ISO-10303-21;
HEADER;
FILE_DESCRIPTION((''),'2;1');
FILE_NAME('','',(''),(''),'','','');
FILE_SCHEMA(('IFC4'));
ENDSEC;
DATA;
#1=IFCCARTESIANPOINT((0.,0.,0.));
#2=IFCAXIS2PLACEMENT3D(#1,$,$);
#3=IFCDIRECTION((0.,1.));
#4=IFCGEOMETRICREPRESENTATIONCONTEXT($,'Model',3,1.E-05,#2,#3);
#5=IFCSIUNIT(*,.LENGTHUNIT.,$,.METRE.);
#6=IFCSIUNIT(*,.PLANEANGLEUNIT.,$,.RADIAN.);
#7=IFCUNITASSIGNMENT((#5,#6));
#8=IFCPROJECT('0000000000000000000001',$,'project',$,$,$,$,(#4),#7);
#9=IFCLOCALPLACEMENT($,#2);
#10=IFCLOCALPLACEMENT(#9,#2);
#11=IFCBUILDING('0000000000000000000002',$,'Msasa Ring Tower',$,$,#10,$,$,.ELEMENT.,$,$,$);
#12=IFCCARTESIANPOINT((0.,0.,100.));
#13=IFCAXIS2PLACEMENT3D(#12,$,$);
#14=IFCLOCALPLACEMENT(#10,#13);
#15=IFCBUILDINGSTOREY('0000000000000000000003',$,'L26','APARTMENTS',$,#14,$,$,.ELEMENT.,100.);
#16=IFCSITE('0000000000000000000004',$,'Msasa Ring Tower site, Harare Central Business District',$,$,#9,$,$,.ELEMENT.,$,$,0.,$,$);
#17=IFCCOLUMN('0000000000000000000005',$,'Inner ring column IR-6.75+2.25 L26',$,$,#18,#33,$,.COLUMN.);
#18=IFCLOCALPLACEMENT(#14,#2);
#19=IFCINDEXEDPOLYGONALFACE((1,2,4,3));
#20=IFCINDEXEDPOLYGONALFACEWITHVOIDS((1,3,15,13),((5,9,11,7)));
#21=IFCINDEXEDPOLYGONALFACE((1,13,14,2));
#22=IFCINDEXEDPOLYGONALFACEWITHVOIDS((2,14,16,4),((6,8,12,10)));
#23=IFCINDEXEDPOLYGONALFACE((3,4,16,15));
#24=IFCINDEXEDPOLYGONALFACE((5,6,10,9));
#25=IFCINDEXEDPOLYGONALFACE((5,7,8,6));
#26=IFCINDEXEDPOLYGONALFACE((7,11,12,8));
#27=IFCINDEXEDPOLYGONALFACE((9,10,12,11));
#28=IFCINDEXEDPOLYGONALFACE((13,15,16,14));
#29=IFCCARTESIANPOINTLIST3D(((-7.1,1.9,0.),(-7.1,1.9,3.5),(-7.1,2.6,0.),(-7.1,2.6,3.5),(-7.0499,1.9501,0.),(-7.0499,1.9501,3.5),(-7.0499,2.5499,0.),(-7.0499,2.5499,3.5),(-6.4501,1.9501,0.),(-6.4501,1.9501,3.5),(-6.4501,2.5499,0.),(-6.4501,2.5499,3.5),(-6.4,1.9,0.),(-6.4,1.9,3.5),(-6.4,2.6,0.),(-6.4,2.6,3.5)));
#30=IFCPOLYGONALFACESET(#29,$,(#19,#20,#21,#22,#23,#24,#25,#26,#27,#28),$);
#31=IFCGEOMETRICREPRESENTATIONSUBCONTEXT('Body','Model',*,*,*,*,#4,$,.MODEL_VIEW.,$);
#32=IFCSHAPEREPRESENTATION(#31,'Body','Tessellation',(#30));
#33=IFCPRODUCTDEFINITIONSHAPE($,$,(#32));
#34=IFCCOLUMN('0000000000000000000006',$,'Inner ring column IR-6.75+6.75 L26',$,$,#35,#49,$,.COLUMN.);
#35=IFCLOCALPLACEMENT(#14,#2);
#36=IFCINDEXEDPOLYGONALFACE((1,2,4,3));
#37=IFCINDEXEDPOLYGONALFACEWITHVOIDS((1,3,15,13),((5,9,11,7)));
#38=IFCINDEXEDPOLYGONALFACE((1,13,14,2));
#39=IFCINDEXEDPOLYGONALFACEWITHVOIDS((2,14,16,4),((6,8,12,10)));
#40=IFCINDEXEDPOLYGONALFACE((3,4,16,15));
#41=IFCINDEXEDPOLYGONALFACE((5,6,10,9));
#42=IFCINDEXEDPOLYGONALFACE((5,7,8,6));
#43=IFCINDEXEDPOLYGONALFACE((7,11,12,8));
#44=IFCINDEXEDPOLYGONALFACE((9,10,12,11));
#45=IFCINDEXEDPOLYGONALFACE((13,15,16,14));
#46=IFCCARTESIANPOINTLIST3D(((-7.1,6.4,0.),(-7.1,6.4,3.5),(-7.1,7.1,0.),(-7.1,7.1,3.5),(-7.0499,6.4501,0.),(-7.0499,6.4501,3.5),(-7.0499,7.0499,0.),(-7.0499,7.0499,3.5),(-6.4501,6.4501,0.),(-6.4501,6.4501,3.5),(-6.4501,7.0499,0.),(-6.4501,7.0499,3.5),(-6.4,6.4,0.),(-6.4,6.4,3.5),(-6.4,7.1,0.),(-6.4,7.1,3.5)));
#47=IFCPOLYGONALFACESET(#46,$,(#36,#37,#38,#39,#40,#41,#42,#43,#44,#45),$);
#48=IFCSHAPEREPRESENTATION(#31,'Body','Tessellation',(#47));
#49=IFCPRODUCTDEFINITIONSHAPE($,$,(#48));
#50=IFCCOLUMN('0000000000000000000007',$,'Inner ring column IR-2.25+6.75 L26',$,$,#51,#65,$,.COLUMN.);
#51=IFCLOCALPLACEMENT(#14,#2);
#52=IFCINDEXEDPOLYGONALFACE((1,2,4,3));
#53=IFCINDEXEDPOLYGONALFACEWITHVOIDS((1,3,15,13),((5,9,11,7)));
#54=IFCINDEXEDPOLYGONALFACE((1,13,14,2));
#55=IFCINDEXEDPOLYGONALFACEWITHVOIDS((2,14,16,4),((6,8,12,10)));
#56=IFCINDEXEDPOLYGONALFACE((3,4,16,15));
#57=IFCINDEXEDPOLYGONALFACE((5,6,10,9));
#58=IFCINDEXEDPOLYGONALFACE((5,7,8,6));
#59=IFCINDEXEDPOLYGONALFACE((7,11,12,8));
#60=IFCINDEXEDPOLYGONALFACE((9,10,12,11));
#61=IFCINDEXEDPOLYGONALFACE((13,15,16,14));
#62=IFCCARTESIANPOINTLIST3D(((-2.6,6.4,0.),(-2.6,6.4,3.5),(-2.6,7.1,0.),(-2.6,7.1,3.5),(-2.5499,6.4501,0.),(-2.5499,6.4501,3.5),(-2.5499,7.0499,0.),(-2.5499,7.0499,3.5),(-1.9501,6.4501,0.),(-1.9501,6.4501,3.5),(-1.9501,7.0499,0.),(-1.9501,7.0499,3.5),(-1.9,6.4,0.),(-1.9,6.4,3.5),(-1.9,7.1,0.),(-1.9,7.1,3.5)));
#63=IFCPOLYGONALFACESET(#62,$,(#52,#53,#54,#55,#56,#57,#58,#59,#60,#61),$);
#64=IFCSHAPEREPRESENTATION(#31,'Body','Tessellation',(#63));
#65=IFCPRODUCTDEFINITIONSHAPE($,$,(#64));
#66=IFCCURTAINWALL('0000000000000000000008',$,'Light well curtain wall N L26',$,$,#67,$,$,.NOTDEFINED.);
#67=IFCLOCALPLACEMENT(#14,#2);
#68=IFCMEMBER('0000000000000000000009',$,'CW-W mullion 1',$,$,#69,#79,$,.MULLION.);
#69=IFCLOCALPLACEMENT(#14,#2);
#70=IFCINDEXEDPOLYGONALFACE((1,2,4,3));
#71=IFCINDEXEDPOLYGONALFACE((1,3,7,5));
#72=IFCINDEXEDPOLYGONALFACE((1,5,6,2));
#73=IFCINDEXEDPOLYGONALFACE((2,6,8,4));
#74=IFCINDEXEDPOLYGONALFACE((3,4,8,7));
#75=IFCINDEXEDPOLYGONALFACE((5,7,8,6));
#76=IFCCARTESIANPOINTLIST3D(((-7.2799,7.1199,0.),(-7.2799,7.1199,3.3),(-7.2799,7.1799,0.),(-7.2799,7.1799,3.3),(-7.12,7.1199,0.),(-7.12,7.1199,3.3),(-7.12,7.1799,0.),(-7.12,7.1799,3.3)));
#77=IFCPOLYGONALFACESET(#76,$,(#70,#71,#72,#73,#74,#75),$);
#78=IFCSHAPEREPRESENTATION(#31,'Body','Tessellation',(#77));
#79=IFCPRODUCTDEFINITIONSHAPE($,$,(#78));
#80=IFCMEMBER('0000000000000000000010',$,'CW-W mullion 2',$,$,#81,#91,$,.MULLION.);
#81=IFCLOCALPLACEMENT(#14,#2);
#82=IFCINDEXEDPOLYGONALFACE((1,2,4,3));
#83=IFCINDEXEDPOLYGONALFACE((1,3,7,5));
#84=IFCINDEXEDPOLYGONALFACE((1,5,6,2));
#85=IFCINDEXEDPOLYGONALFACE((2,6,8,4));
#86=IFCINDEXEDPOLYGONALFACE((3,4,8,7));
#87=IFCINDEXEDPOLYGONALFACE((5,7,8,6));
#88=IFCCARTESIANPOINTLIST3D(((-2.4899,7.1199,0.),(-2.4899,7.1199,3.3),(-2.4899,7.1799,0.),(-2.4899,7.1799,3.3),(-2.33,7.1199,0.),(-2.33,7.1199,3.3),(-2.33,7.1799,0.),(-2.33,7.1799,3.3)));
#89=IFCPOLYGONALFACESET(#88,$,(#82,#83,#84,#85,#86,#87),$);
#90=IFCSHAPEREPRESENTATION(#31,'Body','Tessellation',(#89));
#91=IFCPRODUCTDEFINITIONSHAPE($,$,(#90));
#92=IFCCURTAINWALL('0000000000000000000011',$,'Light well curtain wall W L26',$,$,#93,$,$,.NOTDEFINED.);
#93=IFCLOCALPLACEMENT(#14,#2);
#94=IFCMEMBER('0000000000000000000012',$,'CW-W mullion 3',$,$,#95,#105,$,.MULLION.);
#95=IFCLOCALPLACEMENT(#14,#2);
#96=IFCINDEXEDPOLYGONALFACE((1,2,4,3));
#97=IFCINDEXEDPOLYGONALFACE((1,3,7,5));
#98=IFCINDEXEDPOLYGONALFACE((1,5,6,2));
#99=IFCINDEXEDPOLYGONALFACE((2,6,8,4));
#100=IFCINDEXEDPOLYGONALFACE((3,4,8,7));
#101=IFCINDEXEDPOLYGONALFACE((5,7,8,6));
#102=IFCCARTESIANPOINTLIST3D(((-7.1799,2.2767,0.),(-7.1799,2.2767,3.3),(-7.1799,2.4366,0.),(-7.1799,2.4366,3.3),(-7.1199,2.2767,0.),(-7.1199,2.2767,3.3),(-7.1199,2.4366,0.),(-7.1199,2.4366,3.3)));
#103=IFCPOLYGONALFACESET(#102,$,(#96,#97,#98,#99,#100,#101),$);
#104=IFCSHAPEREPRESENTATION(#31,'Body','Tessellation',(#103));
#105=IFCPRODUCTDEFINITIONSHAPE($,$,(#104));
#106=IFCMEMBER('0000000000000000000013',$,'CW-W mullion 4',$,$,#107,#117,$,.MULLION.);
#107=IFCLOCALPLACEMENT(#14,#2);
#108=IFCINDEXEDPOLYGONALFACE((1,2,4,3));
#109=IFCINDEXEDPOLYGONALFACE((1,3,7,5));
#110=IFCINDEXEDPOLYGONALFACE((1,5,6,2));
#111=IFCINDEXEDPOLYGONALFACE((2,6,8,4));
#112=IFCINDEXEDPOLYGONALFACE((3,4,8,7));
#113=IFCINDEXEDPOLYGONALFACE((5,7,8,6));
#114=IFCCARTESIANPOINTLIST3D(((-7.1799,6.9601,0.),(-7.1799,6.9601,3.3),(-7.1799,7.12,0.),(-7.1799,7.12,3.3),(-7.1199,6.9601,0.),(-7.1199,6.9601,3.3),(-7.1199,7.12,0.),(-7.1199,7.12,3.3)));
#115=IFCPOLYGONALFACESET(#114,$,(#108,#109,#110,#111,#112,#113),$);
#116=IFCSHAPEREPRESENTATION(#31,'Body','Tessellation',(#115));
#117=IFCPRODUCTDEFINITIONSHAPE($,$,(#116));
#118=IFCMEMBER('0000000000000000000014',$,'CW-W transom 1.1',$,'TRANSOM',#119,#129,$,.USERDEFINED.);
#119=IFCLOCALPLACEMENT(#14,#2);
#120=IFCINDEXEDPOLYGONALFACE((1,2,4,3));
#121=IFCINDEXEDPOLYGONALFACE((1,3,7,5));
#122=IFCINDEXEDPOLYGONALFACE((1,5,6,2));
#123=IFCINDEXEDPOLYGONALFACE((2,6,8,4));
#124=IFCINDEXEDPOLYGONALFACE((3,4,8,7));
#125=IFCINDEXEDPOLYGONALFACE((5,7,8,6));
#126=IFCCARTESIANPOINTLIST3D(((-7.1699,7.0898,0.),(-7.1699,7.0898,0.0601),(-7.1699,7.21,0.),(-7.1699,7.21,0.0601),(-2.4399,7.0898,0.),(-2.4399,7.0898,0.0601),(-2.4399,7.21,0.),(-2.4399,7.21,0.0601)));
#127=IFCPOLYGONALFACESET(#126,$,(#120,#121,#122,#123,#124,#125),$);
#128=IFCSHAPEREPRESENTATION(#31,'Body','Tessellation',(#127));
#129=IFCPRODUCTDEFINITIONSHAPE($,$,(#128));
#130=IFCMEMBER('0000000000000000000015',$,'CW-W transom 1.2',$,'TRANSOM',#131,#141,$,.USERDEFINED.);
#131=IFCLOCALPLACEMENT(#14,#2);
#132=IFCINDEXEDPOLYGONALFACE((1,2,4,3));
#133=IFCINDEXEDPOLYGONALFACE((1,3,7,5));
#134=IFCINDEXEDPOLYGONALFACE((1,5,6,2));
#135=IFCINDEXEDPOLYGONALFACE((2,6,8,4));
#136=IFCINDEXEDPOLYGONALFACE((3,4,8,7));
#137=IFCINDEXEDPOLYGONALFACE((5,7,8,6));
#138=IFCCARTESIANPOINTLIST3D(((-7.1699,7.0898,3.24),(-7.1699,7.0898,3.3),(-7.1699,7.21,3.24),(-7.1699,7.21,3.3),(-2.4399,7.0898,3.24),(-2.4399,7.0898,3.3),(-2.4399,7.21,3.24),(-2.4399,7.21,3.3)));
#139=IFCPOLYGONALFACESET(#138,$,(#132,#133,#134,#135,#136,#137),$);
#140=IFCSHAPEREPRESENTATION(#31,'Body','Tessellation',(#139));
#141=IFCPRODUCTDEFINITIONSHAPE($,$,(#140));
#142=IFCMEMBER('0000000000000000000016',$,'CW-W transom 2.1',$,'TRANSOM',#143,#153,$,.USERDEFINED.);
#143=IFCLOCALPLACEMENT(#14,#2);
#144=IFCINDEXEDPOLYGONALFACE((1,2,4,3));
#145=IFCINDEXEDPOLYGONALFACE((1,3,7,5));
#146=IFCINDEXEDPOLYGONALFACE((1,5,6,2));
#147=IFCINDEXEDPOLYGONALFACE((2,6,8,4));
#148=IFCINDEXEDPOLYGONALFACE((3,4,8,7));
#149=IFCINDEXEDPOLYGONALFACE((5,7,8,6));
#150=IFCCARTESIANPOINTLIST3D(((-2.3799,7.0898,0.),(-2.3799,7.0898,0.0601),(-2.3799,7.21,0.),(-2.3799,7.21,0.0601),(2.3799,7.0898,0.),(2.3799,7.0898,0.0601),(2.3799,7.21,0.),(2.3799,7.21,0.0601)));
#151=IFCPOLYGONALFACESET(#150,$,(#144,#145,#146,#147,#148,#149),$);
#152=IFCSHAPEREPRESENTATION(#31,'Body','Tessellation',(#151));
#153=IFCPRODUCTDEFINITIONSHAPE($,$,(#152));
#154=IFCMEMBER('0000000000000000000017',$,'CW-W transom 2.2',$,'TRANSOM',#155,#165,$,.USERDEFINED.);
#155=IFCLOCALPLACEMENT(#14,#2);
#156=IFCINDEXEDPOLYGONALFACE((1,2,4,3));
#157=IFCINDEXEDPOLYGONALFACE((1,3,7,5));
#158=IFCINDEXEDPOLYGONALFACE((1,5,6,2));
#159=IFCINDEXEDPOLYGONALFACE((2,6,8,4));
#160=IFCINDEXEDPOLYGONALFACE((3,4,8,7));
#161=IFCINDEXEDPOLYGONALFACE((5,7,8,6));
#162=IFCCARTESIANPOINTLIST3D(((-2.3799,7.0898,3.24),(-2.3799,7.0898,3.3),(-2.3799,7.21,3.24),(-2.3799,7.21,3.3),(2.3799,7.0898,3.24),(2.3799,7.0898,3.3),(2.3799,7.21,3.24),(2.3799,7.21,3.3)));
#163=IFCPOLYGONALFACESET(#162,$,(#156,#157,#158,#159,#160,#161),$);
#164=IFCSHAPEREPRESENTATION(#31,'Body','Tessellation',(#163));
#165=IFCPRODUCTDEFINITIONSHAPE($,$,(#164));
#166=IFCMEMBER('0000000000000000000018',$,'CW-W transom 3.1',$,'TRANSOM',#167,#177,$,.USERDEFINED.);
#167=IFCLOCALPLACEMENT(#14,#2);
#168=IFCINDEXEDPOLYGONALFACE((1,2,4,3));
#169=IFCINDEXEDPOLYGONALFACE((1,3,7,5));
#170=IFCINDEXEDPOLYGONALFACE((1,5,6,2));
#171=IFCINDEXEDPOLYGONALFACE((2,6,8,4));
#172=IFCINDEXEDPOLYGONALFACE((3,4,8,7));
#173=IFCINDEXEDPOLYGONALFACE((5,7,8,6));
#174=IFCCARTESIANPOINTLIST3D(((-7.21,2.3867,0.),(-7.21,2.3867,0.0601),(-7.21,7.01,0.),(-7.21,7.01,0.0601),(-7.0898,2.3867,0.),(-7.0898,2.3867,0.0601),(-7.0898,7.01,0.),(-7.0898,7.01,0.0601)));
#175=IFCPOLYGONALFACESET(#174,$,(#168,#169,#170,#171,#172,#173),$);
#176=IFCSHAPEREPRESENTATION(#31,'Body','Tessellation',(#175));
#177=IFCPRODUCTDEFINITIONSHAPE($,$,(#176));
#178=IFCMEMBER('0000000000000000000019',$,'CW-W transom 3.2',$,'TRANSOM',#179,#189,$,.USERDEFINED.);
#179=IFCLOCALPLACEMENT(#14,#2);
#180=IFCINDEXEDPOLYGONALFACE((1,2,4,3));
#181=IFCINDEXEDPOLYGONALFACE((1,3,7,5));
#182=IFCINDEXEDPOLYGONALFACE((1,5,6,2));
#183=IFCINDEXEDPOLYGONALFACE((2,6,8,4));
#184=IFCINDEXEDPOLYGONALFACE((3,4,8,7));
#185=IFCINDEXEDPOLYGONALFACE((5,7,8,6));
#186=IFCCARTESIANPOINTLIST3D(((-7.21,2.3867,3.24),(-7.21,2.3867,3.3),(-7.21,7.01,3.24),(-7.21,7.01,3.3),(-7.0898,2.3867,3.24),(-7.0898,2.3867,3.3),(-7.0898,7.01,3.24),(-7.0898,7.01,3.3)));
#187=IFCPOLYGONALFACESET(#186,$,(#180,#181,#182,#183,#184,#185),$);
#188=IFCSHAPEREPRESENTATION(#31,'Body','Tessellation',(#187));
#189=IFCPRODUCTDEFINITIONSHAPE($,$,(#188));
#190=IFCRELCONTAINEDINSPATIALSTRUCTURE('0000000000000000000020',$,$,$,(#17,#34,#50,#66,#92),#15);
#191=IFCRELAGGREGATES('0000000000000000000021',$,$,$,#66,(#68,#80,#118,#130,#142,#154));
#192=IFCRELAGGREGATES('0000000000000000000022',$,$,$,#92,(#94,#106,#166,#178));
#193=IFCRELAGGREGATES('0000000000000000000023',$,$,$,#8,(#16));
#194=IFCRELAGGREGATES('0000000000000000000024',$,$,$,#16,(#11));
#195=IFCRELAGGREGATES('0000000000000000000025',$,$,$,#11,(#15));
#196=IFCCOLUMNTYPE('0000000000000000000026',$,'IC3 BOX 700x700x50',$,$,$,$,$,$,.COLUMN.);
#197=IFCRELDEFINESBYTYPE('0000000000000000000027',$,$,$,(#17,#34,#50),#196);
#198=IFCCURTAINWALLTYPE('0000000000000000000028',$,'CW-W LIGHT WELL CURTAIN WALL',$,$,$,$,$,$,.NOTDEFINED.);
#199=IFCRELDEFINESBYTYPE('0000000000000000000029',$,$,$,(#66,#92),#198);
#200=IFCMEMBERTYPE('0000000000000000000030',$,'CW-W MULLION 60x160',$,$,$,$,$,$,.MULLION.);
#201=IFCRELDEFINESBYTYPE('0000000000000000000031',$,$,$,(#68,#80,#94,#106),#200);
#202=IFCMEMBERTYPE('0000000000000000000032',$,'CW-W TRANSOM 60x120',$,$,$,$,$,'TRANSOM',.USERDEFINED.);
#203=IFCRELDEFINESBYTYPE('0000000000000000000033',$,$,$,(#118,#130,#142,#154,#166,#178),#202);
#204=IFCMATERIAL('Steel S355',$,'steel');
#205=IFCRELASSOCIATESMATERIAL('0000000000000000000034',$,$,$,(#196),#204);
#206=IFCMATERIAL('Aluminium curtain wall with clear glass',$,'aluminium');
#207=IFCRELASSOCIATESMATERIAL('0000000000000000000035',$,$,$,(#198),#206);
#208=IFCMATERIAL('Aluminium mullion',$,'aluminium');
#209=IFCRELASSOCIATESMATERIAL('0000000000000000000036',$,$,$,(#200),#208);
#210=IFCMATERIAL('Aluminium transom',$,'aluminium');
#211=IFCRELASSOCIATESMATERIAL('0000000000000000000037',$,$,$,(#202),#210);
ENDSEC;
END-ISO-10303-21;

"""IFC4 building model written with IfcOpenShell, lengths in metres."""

from ifc_helpers import new_model, si_unit, direction, frame, origin, origin_2d, place, context, subcontext, project, spatial, rectangle, hollow_rectangle, extrude, material, material_profile, profile_set, type_object, element, aggregate, save


model = new_model("IFC4")

# Units and contexts
model_context = context("Model", 3, precision=1e-05, world=origin(), true_north=direction((0.0, 1.0)))
body_context = subcontext(model_context, "Body", "Model", "MODEL_VIEW")
ifc_project = project(units=[si_unit("LENGTHUNIT", "METRE"), si_unit("PLANEANGLEUNIT", "RADIAN")], contexts=[model_context])

# Site, building, storey
site_placement = place(None, origin())
site = spatial("IfcSite", under=ifc_project, at=site_placement, Name="Msasa Ring Tower site, Harare Central Business District", CompositionType="ELEMENT", RefElevation=0.0)
building_placement = place(site_placement, origin())
building = spatial("IfcBuilding", under=site, at=building_placement, Name="Msasa Ring Tower", CompositionType="ELEMENT")
storey_placement = place(building_placement, frame((0.0, 0.0, 100.0)))
storey = spatial("IfcBuildingStorey", under=building, at=storey_placement, Name="L26", Description="APARTMENTS", CompositionType="ELEMENT", Elevation=100.0)

# Columns
ifc_material_1 = material(Name="Steel S355", Category="steel")
ifc_material_profile_1 = material_profile(ifc_material_1, hollow_rectangle(XDim=0.7, YDim=0.7, WallThickness=0.05, at=origin_2d()), Name="BOX 700x700x50")
ifc_profile_set_1 = profile_set([ifc_material_profile_1], Name="Steel S355")
column_type = type_object("IfcColumnType", Name="IC3 BOX 700x700x50", PredefinedType="COLUMN", material=ifc_profile_set_1)
for number, where, z_axis, x_axis, name in (
    (1, (-6.75, 2.25, 0.0), (0.0, 0.0, 1.0), (1.0, 0.0, 0.0), "Inner ring column IR-6.75+2.25 L26"),
    (2, (-6.75, 6.75, 0.0), (0.0, 0.0, 1.0), (1.0, 0.0, 0.0), "Inner ring column IR-6.75+6.75 L26"),
    (3, (-2.25, 6.75, 0.0), (0.0, 0.0, 1.0), (1.0, 0.0, 0.0), "Inner ring column IR-2.25+6.75 L26"),
):
    element("IfcColumn", number, at=place(storey_placement, frame(where, z_axis=z_axis, x_axis=x_axis)), inside=storey, type_object=column_type, Name=name, PredefinedType="COLUMN", context=body_context, shape_type="SweptSolid", body=[
        extrude(hollow_rectangle(XDim=0.7, YDim=0.7, WallThickness=0.05, at=origin_2d()), origin(), (0.0, 0.0, 1.0), 3.5),
    ])

# Curtain walls, members
ifc_material_2 = material(Name="Aluminium curtain wall with clear glass", Category="aluminium")
curtain_wall_type = type_object("IfcCurtainWallType", Name="CW-W LIGHT WELL CURTAIN WALL", PredefinedType="NOTDEFINED", material=ifc_material_2)
curtain_wall_1_placement = place(storey_placement, origin())
curtain_wall_1 = element("IfcCurtainWall", 4, at=curtain_wall_1_placement, inside=storey, type_object=curtain_wall_type, Name="Light well curtain wall N L26", PredefinedType="NOTDEFINED")
ifc_material_3 = material(Name="Aluminium mullion", Category="aluminium")
ifc_material_profile_2 = material_profile(ifc_material_3, rectangle(XDim=0.0601, YDim=0.1599, at=origin_2d()), Name="AL 60x160")
ifc_profile_set_2 = profile_set([ifc_material_profile_2], Name="Aluminium mullion")
member_type_1 = type_object("IfcMemberType", Name="CW-W MULLION 60x160", PredefinedType="MULLION", material=ifc_profile_set_2)
member_1_placement = place(storey_placement, frame((-7.2, 7.1499, 0.0), z_axis=(0.0, 0.0, 1.0), x_axis=(0.0, 1.0, 0.0)))
member_1 = element("IfcMember", 5, at=member_1_placement, type_object=member_type_1, Name="CW-W mullion 1", PredefinedType="MULLION", context=body_context, shape_type="SweptSolid", body=[
    extrude(rectangle(XDim=0.0601, YDim=0.1599, at=origin_2d()), origin(), (0.0, 0.0, 1.0), 3.3),
])
member_2_placement = place(storey_placement, frame((-2.4099, 7.1499, 0.0), z_axis=(0.0, 0.0, 1.0), x_axis=(0.0, 1.0, 0.0)))
member_2 = element("IfcMember", 6, at=member_2_placement, type_object=member_type_1, Name="CW-W mullion 2", PredefinedType="MULLION", context=body_context, shape_type="SweptSolid", body=[
    extrude(rectangle(XDim=0.0601, YDim=0.1599, at=origin_2d()), origin(), (0.0, 0.0, 1.0), 3.3),
])
curtain_wall_2_placement = place(storey_placement, origin())
curtain_wall_2 = element("IfcCurtainWall", 7, at=curtain_wall_2_placement, inside=storey, type_object=curtain_wall_type, Name="Light well curtain wall W L26", PredefinedType="NOTDEFINED")
member_3_placement = place(storey_placement, frame((-7.1499, 2.3567, 0.0), z_axis=(0.0, 0.0, 1.0), x_axis=(-1.0, 0.0, 0.0)))
member_3 = element("IfcMember", 8, at=member_3_placement, type_object=member_type_1, Name="CW-W mullion 3", PredefinedType="MULLION", context=body_context, shape_type="SweptSolid", body=[
    extrude(rectangle(XDim=0.0601, YDim=0.1599, at=origin_2d()), origin(), (0.0, 0.0, 1.0), 3.3),
])
member_4_placement = place(storey_placement, frame((-7.1499, 7.04, 0.0), z_axis=(0.0, 0.0, 1.0), x_axis=(-1.0, 0.0, 0.0)))
member_4 = element("IfcMember", 9, at=member_4_placement, type_object=member_type_1, Name="CW-W mullion 4", PredefinedType="MULLION", context=body_context, shape_type="SweptSolid", body=[
    extrude(rectangle(XDim=0.0601, YDim=0.1599, at=origin_2d()), origin(), (0.0, 0.0, 1.0), 3.3),
])

# Members
ifc_material_4 = material(Name="Aluminium transom", Category="aluminium")
ifc_material_profile_3 = material_profile(ifc_material_4, rectangle(XDim=0.1201, YDim=0.0601, at=origin_2d()), Name="AL 60x120")
ifc_profile_set_3 = profile_set([ifc_material_profile_3], Name="Aluminium transom")
member_type_2 = type_object("IfcMemberType", Name="CW-W TRANSOM 60x120", ElementType="TRANSOM", PredefinedType="USERDEFINED", material=ifc_profile_set_3)
member_5_placement = place(storey_placement, frame((-7.1699, 7.1499, 0.03), z_axis=(1.0, 0.0, 0.0), x_axis=(0.0, 1.0, 0.0)))
member_5 = element("IfcMember", 10, at=member_5_placement, type_object=member_type_2, Name="CW-W transom 1.1", ObjectType="TRANSOM", PredefinedType="USERDEFINED", context=body_context, shape_type="SweptSolid", body=[
    extrude(rectangle(XDim=0.1201, YDim=0.0601, at=origin_2d()), origin(), (0.0, 0.0, 1.0), 4.73),
])
member_6_placement = place(storey_placement, frame((-7.1699, 7.1499, 3.27), z_axis=(1.0, 0.0, 0.0), x_axis=(0.0, 1.0, 0.0)))
member_6 = element("IfcMember", 11, at=member_6_placement, type_object=member_type_2, Name="CW-W transom 1.2", ObjectType="TRANSOM", PredefinedType="USERDEFINED", context=body_context, shape_type="SweptSolid", body=[
    extrude(rectangle(XDim=0.1201, YDim=0.0601, at=origin_2d()), origin(), (0.0, 0.0, 1.0), 4.73),
])
member_7_placement = place(storey_placement, frame((-2.3799, 7.1499, 0.03), z_axis=(1.0, 0.0, 0.0), x_axis=(0.0, 1.0, 0.0)))
member_7 = element("IfcMember", 12, at=member_7_placement, type_object=member_type_2, Name="CW-W transom 2.1", ObjectType="TRANSOM", PredefinedType="USERDEFINED", context=body_context, shape_type="SweptSolid", body=[
    extrude(rectangle(XDim=0.1201, YDim=0.0601, at=origin_2d()), origin(), (0.0, 0.0, 1.0), 4.7598),
])
member_8_placement = place(storey_placement, frame((-2.3799, 7.1499, 3.27), z_axis=(1.0, 0.0, 0.0), x_axis=(0.0, 1.0, 0.0)))
member_8 = element("IfcMember", 13, at=member_8_placement, type_object=member_type_2, Name="CW-W transom 2.2", ObjectType="TRANSOM", PredefinedType="USERDEFINED", context=body_context, shape_type="SweptSolid", body=[
    extrude(rectangle(XDim=0.1201, YDim=0.0601, at=origin_2d()), origin(), (0.0, 0.0, 1.0), 4.7598),
])
member_9_placement = place(storey_placement, frame((-7.1499, 2.3867, 0.03), z_axis=(0.0, 1.0, 0.0), x_axis=(-1.0, 0.0, 0.0)))
member_9 = element("IfcMember", 14, at=member_9_placement, type_object=member_type_2, Name="CW-W transom 3.1", ObjectType="TRANSOM", PredefinedType="USERDEFINED", context=body_context, shape_type="SweptSolid", body=[
    extrude(rectangle(XDim=0.1201, YDim=0.0601, at=origin_2d()), origin(), (0.0, 0.0, 1.0), 4.6233),
])
member_10_placement = place(storey_placement, frame((-7.1499, 2.3867, 3.27), z_axis=(0.0, 1.0, 0.0), x_axis=(-1.0, 0.0, 0.0)))
member_10 = element("IfcMember", 15, at=member_10_placement, type_object=member_type_2, Name="CW-W transom 3.2", ObjectType="TRANSOM", PredefinedType="USERDEFINED", context=body_context, shape_type="SweptSolid", body=[
    extrude(rectangle(XDim=0.1201, YDim=0.0601, at=origin_2d()), origin(), (0.0, 0.0, 1.0), 4.6233),
])

aggregate(curtain_wall_1, [member_1, member_2, member_5, member_6, member_7, member_8])
aggregate(curtain_wall_2, [member_3, member_4, member_9, member_10])

save(model, "model.ifc")
